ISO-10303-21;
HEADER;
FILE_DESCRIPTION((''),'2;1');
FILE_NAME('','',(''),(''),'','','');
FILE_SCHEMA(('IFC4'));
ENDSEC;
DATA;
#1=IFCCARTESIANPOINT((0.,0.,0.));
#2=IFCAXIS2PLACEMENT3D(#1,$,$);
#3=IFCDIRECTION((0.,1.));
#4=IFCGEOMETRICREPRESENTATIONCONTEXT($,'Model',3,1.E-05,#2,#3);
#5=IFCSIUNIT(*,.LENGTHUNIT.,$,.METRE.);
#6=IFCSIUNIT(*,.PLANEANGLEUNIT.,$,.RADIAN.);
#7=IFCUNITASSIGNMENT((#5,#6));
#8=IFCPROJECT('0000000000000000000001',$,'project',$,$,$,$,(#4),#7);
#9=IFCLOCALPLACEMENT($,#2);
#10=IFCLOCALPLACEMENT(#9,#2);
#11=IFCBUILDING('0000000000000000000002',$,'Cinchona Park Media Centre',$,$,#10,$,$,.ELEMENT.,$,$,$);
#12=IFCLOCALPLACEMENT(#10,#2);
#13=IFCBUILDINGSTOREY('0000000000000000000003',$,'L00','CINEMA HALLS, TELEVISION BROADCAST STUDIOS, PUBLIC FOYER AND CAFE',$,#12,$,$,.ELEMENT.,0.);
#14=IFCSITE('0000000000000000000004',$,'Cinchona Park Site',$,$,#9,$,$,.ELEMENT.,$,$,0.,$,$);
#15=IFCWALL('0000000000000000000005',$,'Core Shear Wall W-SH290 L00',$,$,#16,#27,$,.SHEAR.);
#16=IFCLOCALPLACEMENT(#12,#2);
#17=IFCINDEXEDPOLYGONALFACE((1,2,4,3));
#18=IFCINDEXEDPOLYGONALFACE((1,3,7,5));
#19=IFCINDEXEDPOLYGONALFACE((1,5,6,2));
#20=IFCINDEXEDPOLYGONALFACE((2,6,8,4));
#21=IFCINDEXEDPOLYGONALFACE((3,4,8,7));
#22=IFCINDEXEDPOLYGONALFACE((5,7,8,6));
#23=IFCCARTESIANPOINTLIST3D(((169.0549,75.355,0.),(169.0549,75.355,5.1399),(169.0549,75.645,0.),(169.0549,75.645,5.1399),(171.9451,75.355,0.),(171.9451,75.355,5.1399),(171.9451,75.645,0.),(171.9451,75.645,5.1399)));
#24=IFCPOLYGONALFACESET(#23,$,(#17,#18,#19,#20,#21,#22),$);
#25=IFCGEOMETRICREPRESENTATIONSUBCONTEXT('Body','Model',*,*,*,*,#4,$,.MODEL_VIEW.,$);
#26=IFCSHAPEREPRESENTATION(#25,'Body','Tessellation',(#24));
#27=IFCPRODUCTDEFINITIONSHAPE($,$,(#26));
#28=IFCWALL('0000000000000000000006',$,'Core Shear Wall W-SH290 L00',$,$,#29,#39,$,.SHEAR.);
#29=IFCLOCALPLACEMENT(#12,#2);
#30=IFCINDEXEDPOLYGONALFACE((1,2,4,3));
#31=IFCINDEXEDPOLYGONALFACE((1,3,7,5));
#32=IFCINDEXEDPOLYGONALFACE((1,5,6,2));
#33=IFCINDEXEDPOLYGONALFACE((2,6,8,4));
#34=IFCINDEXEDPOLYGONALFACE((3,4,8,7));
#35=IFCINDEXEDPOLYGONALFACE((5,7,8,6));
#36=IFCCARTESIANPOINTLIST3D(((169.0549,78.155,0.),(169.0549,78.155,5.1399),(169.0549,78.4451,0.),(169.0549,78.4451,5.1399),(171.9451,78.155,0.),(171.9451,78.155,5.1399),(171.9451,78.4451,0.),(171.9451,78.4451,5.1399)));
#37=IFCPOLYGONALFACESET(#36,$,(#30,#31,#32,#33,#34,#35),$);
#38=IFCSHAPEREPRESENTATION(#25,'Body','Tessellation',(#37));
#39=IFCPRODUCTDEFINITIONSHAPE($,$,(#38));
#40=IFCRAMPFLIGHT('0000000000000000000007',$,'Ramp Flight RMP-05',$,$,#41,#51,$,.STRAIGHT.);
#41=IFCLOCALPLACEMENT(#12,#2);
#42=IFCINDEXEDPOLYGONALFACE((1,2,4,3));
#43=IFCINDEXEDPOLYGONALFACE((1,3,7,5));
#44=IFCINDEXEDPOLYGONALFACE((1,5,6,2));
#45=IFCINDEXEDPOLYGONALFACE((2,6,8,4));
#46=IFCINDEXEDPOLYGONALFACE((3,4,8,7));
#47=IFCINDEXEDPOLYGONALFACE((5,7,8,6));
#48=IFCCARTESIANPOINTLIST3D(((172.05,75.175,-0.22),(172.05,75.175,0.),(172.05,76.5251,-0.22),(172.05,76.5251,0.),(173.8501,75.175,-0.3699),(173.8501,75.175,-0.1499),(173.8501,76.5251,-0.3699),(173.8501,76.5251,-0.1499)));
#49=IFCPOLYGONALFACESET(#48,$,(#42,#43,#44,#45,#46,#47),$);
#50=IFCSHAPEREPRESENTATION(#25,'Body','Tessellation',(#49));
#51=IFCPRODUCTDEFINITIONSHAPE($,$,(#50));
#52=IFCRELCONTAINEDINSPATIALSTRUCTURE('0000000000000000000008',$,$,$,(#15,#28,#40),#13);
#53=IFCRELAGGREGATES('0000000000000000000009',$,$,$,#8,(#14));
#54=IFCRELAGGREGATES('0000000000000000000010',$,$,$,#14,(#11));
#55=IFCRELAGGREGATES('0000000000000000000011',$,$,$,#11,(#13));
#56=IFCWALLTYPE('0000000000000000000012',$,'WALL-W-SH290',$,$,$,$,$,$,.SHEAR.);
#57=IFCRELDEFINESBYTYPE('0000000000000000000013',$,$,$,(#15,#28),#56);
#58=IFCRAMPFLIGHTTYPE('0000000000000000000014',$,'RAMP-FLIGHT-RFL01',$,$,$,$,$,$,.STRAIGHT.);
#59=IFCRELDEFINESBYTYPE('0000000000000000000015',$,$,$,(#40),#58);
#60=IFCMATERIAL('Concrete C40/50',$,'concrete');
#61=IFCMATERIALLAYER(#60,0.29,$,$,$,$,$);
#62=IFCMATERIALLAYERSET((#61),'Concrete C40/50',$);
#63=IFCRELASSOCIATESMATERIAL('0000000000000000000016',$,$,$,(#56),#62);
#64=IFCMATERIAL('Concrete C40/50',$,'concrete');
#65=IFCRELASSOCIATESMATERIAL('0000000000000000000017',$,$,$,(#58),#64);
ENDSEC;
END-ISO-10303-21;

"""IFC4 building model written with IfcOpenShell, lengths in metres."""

from ifc_helpers import new_model, si_unit, direction, frame, frame_2d, origin, place, context, subcontext, project, spatial, polyline, rectangle, outline, extrude, material, layer, layer_set, type_object, element, save


model = new_model("IFC4")

# Units and contexts
model_context = context("Model", 3, precision=1e-05, world=origin(), true_north=direction((0.0, 1.0)))
body_context = subcontext(model_context, "Body", "Model", "MODEL_VIEW")
ifc_project = project(units=[si_unit("LENGTHUNIT", "METRE"), si_unit("PLANEANGLEUNIT", "RADIAN")], contexts=[model_context])

# Site, building, storey
site_placement = place(None, origin())
site = spatial("IfcSite", under=ifc_project, at=site_placement, Name="Cinchona Park Site", CompositionType="ELEMENT", RefElevation=0.0)
building_placement = place(site_placement, origin())
building = spatial("IfcBuilding", under=site, at=building_placement, Name="Cinchona Park Media Centre", CompositionType="ELEMENT")
storey_placement = place(building_placement, origin())
storey = spatial("IfcBuildingStorey", under=building, at=storey_placement, Name="L00", Description="CINEMA HALLS, TELEVISION BROADCAST STUDIOS, PUBLIC FOYER AND CAFE", CompositionType="ELEMENT", Elevation=0.0)

# Walls
ifc_material_1 = material(Name="Concrete C40/50", Category="concrete")
ifc_layer_1 = layer(ifc_material_1, 0.29)
ifc_layer_set_1 = layer_set([ifc_layer_1], Name="Concrete C40/50")
wall_type = type_object("IfcWallType", Name="WALL-W-SH290", PredefinedType="SHEAR", material=ifc_layer_set_1)
for number, where, z_axis, x_axis, name in (
    (1, (169.0549, 75.5, 0.0), (0.0, 0.0, 1.0), (1.0, 0.0, 0.0), "Core Shear Wall W-SH290 L00"),
    (2, (169.0549, 78.3, 0.0), (0.0, 0.0, 1.0), (1.0, 0.0, 0.0), "Core Shear Wall W-SH290 L00"),
):
    element("IfcWall", number, at=place(storey_placement, frame(where, z_axis=z_axis, x_axis=x_axis)), inside=storey, type_object=wall_type, Name=name, PredefinedType="SHEAR", context=body_context, shape_type="SweptSolid", body=[
        extrude(rectangle(XDim=2.8901, YDim=0.29, at=frame_2d((1.4451, 0.0))), origin(), (0.0, 0.0, 1.0), 5.1399),
    ])

# Ramp flight
ifc_material_2 = material(Name="Concrete C40/50", Category="concrete")
ramp_flight_type = type_object("IfcRampFlightType", Name="RAMP-FLIGHT-RFL01", PredefinedType="STRAIGHT", material=ifc_material_2)
ramp_flight_placement = place(storey_placement, frame((173.8501, 75.8501, -0.1499), z_axis=(0.0, 0.0, 1.0), x_axis=(-1.0, 0.0, 0.0)))
element("IfcRampFlight", 3, at=ramp_flight_placement, inside=storey, type_object=ramp_flight_type, Name="Ramp Flight RMP-05", PredefinedType="STRAIGHT", context=body_context, shape_type="SweptSolid", body=[
    extrude(outline(polyline([(0.0, 0.0), (1.8, 0.1499), (1.8, -0.0701), (0.0, -0.22), (0.0, 0.0)])), frame((0.0, 0.675, 0.0), z_axis=(0.0, -1.0, 0.0), x_axis=(1.0, 0.0, 0.0)), (0.0, 0.0, 1.0), 1.3501),
])

save(model, "model.ifc")
